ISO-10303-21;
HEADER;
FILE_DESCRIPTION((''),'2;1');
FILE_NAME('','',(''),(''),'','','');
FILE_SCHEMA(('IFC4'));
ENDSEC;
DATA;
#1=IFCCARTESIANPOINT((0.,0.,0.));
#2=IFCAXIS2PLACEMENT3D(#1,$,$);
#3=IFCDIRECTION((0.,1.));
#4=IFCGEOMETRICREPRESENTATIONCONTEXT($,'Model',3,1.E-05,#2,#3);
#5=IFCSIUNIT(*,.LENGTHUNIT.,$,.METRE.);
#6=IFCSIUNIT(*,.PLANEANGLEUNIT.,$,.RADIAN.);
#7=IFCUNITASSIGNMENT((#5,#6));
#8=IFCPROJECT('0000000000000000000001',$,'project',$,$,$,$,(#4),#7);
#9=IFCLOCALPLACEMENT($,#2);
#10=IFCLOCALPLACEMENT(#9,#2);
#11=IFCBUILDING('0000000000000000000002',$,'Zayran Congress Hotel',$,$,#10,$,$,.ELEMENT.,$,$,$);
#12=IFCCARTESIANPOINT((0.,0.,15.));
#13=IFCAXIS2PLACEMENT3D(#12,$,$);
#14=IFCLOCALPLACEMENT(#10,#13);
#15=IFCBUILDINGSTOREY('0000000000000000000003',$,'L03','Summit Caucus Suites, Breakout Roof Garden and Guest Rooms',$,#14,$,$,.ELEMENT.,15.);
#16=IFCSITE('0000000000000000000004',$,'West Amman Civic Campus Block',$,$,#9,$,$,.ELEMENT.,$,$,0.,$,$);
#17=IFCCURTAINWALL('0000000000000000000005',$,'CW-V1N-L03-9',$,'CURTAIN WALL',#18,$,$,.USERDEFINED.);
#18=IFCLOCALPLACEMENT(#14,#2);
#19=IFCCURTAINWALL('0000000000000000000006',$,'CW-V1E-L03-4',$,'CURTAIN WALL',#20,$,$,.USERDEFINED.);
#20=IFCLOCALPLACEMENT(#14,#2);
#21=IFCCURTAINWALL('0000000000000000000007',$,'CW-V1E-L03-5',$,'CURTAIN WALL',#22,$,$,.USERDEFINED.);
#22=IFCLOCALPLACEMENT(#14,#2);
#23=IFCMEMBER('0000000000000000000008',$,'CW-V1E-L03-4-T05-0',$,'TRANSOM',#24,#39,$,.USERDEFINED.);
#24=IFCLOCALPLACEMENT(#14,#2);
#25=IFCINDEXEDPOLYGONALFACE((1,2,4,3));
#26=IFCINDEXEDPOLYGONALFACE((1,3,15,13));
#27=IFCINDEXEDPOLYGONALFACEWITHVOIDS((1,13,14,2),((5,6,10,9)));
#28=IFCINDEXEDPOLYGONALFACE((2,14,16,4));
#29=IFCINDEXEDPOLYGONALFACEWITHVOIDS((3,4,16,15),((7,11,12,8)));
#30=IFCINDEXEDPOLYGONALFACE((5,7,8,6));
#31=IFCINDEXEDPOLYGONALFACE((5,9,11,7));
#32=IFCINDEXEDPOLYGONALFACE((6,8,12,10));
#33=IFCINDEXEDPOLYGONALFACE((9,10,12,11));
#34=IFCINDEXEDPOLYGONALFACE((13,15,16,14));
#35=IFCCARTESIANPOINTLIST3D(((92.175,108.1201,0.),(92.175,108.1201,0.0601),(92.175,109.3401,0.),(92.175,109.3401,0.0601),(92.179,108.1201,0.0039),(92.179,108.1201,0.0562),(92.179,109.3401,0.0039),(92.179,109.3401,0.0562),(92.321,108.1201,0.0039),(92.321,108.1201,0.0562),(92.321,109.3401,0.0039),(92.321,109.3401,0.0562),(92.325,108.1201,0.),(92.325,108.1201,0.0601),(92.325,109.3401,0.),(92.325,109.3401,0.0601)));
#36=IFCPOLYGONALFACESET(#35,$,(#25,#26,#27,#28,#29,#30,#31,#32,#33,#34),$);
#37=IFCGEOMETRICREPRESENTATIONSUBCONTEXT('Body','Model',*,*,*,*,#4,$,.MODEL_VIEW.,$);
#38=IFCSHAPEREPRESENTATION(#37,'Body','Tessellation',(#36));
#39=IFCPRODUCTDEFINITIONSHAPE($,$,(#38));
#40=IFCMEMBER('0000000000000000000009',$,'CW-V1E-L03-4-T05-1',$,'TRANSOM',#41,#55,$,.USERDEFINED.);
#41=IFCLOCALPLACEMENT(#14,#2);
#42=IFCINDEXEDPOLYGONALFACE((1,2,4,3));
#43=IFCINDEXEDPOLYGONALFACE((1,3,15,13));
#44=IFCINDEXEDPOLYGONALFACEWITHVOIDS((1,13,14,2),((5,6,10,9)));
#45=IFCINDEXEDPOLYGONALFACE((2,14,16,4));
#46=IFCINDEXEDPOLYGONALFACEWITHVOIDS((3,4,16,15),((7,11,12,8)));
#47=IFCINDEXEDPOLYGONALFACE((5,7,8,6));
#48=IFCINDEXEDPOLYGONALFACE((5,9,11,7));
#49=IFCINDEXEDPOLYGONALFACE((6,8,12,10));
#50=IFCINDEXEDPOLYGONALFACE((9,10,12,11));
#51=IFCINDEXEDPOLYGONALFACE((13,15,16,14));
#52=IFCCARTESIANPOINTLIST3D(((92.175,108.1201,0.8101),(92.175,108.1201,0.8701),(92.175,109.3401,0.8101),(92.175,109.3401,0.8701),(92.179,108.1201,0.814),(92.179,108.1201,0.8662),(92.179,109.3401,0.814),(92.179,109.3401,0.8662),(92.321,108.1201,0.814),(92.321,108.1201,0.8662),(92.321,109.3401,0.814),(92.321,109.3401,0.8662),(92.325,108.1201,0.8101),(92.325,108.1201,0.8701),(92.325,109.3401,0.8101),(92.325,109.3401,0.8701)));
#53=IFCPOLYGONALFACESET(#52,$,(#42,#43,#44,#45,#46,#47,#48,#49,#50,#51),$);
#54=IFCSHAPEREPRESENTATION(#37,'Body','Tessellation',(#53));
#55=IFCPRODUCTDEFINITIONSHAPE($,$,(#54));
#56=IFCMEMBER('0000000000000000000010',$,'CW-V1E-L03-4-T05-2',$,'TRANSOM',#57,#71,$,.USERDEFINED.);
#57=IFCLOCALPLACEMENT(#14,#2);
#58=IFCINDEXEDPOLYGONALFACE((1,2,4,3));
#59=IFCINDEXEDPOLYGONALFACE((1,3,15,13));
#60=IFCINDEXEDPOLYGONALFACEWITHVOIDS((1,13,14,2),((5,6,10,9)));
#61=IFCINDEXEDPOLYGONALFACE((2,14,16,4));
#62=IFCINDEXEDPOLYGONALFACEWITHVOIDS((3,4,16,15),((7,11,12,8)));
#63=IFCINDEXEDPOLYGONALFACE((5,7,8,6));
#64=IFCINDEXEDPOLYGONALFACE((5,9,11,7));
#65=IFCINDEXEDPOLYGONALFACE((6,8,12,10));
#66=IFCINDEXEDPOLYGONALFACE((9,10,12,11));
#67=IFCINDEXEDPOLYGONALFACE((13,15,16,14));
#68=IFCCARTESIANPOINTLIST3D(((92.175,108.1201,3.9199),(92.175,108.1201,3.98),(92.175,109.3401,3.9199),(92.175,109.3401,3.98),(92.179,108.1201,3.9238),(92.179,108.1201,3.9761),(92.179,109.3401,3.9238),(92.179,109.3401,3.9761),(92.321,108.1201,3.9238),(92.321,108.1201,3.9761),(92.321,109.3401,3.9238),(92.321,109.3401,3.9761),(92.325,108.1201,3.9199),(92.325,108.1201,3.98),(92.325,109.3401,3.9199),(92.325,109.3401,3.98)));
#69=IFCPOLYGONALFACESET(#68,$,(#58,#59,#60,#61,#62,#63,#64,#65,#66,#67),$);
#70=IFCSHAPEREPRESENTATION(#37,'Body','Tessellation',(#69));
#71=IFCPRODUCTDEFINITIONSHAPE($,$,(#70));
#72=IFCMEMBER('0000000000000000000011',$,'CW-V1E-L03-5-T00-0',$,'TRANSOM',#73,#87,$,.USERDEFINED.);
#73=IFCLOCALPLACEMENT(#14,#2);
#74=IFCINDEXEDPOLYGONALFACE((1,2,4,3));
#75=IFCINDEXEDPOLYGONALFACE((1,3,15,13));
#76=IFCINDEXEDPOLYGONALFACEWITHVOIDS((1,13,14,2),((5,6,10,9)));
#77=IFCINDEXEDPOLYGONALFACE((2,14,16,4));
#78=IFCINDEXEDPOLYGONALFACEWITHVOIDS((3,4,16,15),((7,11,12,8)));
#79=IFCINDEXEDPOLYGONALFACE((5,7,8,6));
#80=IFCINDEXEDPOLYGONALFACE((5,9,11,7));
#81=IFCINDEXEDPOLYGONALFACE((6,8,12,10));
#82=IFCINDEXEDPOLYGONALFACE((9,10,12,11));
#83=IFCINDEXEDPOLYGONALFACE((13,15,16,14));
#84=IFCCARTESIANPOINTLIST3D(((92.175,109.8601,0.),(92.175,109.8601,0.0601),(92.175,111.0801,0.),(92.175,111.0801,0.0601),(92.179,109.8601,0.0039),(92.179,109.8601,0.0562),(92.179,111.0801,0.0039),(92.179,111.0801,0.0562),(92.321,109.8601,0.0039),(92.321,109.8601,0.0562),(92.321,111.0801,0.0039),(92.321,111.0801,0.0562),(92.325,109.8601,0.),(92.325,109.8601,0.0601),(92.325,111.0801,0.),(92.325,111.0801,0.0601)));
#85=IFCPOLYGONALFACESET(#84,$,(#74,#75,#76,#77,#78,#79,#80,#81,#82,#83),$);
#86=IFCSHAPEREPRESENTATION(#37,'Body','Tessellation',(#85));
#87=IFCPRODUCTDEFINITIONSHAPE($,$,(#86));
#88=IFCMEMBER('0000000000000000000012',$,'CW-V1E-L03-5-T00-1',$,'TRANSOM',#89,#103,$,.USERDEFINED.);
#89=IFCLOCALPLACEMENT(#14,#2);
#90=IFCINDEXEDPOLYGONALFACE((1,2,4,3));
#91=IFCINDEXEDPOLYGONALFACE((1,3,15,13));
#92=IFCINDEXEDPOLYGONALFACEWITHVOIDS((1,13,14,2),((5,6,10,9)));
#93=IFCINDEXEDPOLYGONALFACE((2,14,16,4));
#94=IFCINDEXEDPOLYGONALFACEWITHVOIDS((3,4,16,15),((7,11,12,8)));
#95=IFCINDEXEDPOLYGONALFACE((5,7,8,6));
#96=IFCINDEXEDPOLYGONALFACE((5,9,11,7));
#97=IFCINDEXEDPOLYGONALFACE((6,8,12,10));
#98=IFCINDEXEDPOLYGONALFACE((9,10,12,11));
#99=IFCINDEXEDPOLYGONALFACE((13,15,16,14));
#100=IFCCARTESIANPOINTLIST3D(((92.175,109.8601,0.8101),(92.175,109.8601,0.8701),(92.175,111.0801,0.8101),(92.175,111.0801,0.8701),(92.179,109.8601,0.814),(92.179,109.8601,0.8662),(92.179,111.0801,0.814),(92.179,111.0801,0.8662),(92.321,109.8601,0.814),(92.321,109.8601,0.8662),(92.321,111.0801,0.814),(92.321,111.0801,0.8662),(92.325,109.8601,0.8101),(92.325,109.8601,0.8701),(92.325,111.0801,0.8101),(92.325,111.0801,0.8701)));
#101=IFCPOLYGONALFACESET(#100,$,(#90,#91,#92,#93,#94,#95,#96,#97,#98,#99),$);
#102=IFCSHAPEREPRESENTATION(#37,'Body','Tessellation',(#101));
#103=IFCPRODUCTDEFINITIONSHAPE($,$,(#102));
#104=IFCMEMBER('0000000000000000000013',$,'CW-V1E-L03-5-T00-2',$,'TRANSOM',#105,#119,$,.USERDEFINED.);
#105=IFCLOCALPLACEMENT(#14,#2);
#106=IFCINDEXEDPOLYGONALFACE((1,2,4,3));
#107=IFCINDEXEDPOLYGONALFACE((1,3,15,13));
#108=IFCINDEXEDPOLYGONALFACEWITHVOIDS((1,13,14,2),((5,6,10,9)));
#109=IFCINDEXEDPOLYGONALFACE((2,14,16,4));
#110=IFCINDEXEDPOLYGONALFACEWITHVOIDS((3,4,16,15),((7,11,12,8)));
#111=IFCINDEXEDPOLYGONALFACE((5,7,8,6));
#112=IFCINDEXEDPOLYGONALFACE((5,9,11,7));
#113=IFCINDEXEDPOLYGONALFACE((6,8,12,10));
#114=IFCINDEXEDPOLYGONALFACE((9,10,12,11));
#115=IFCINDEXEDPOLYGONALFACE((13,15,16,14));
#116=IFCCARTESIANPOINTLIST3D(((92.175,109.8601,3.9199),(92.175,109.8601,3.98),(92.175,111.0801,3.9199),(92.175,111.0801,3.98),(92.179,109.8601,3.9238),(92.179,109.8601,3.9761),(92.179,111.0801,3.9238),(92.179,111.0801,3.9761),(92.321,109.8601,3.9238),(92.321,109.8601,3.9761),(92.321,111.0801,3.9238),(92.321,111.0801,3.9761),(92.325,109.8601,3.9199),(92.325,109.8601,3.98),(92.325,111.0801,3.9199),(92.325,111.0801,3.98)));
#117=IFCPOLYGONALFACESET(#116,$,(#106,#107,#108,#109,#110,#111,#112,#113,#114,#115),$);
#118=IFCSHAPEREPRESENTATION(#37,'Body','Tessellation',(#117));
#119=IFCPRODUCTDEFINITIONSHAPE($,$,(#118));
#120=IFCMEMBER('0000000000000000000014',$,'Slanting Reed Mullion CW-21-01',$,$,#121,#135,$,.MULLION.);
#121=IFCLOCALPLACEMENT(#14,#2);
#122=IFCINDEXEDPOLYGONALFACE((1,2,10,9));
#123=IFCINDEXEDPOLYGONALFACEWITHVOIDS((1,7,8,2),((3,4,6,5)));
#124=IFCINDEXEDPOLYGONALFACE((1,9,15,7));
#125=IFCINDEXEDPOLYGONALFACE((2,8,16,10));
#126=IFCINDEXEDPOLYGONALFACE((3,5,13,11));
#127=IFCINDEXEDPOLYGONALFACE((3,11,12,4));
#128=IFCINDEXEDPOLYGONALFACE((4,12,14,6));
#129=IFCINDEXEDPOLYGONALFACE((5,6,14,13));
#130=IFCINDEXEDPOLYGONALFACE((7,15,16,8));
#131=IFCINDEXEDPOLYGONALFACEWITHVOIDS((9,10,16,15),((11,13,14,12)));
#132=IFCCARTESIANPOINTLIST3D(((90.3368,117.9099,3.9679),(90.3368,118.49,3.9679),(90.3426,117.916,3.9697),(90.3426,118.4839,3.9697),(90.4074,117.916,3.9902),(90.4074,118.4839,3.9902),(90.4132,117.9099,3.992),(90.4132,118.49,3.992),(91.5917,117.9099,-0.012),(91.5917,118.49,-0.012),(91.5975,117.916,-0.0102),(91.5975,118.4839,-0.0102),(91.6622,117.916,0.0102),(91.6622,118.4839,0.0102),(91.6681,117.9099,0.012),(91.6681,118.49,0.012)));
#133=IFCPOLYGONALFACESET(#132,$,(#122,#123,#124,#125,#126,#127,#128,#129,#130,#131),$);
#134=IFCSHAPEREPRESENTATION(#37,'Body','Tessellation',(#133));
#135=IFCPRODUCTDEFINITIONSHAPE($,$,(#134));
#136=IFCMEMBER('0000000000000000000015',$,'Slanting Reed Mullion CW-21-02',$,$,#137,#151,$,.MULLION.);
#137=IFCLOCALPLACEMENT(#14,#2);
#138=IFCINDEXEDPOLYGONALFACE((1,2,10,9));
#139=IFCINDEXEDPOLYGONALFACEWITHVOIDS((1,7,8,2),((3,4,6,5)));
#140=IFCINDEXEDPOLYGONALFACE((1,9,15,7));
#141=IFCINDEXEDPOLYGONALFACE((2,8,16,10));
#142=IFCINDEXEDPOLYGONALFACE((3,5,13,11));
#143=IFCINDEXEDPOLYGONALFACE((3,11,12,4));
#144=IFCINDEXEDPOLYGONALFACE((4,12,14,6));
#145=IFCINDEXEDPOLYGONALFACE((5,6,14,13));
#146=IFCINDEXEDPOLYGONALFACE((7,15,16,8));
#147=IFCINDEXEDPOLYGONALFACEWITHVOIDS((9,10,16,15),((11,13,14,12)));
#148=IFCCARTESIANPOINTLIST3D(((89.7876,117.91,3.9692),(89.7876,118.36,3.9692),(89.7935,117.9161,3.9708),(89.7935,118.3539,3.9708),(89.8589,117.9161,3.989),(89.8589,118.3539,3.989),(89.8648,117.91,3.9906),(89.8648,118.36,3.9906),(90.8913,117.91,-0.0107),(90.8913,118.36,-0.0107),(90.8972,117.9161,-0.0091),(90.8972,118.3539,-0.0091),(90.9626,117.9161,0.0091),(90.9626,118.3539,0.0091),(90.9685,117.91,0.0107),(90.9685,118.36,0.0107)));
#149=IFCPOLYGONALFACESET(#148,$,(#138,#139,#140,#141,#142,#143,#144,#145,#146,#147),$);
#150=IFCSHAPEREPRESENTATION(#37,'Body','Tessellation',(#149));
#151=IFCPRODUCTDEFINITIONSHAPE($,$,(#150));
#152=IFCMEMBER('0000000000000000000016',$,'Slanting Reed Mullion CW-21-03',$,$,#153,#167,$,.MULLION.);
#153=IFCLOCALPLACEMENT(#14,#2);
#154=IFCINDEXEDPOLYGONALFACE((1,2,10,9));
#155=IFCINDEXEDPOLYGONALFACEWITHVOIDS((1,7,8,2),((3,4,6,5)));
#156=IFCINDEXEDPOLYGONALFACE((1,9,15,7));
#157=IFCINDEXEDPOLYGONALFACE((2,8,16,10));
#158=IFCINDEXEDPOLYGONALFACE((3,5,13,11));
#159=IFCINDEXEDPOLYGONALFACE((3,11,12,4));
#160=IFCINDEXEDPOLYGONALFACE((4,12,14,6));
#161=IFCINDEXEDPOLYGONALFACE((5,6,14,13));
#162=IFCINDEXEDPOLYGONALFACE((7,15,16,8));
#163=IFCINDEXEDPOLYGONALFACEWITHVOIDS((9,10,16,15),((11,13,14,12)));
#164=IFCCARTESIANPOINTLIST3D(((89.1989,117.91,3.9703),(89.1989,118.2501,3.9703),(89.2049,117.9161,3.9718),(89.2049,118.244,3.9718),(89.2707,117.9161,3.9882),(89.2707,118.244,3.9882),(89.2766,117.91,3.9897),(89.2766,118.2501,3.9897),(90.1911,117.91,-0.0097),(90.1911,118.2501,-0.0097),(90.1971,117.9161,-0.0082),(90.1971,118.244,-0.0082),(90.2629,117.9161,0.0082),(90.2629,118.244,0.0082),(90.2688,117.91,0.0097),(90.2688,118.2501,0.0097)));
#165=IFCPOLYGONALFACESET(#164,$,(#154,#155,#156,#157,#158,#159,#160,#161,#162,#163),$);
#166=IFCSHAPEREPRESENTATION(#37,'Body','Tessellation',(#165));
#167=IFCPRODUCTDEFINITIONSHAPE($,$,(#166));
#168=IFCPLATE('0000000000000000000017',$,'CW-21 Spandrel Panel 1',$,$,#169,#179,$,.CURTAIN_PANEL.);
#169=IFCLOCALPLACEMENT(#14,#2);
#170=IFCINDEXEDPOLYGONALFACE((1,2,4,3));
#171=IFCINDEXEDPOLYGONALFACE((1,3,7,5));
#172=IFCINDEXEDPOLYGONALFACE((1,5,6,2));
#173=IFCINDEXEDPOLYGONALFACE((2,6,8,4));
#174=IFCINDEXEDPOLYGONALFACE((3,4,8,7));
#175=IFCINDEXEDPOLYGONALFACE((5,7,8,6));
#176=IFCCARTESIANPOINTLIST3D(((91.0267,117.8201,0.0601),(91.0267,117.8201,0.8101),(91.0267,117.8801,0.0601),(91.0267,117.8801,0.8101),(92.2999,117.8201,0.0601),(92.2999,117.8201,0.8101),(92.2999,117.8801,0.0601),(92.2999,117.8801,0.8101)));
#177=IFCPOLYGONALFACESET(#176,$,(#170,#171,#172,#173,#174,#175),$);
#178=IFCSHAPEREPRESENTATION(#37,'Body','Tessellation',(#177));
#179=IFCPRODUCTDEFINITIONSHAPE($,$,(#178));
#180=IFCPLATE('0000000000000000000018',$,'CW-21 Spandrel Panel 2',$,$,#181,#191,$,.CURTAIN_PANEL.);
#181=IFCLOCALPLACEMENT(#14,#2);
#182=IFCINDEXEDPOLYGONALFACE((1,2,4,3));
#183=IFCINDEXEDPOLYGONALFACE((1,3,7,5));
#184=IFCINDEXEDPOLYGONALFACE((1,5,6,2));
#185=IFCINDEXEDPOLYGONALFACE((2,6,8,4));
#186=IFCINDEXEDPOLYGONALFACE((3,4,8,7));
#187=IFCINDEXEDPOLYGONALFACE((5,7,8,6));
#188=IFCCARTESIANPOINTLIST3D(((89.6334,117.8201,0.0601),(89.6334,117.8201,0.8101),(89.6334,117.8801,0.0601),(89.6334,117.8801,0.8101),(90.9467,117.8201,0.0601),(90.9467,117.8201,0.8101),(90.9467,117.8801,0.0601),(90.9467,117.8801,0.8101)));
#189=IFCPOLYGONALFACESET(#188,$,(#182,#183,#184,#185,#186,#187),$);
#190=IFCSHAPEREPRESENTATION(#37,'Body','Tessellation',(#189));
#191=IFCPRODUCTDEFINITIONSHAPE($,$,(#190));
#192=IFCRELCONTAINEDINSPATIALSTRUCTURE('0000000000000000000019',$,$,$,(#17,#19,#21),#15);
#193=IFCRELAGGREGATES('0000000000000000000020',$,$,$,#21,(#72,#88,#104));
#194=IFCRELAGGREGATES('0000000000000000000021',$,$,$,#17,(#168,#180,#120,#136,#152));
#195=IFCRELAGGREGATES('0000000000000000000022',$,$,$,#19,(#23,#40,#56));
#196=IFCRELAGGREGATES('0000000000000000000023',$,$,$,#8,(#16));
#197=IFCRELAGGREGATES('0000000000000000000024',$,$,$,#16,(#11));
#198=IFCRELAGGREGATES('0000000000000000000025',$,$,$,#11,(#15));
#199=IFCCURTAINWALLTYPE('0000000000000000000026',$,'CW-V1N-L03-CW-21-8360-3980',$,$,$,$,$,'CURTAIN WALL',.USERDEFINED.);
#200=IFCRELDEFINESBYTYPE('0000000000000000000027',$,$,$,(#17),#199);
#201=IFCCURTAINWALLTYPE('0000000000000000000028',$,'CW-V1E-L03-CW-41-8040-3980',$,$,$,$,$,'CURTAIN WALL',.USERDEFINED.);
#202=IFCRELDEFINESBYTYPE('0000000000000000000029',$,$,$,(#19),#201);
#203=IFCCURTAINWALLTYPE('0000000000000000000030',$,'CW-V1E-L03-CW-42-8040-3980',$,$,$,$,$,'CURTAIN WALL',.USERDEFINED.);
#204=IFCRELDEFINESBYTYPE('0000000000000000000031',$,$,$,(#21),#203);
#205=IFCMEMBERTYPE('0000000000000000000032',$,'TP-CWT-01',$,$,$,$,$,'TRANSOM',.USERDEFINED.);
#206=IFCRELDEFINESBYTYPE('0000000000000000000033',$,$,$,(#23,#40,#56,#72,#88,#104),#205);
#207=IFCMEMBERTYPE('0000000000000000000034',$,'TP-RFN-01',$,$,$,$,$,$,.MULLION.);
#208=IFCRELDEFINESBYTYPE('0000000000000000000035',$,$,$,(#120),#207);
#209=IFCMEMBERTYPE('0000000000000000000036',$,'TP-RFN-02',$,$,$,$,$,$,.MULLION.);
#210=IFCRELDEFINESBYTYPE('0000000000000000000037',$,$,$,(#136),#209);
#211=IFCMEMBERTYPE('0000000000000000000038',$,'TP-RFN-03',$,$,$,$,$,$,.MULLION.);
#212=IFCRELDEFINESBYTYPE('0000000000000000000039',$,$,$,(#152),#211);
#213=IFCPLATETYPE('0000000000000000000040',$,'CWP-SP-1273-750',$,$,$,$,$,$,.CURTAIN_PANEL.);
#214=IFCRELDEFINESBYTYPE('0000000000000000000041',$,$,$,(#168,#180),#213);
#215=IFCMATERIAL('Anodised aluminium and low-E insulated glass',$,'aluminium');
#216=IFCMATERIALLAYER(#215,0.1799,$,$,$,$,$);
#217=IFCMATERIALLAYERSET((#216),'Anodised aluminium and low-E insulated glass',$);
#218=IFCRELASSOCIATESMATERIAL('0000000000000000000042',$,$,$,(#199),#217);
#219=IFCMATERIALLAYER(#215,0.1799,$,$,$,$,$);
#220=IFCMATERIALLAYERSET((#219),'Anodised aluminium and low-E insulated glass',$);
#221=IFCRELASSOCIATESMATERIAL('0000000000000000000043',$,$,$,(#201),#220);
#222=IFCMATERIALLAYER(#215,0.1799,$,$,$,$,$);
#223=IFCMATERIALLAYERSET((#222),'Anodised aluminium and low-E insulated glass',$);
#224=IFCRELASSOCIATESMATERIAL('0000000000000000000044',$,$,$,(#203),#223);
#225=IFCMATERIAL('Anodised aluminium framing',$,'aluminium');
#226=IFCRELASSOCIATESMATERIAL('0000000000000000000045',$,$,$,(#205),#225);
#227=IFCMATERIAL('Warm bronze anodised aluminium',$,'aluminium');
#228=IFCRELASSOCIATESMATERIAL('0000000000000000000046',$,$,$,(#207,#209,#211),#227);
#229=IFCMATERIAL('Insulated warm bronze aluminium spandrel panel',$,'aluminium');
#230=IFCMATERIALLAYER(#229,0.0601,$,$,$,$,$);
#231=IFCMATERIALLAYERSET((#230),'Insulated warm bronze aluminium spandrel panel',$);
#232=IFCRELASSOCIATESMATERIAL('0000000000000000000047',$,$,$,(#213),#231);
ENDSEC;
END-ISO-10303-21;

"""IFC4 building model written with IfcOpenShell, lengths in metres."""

from ifc_helpers import new_model, si_unit, direction, frame, origin, origin_2d, place, context, subcontext, project, spatial, rectangle, hollow_rectangle, extrude, material, layer, layer_set, material_profile, profile_set, type_object, element, aggregate, save


model = new_model("IFC4")

# Units and contexts
model_context = context("Model", 3, precision=1e-05, world=origin(), true_north=direction((0.0, 1.0)))
body_context = subcontext(model_context, "Body", "Model", "MODEL_VIEW")
ifc_project = project(units=[si_unit("LENGTHUNIT", "METRE"), si_unit("PLANEANGLEUNIT", "RADIAN")], contexts=[model_context])

# Site, building, storey
site_placement = place(None, origin())
site = spatial("IfcSite", under=ifc_project, at=site_placement, Name="West Amman Civic Campus Block", CompositionType="ELEMENT", RefElevation=0.0)
building_placement = place(site_placement, origin())
building = spatial("IfcBuilding", under=site, at=building_placement, Name="Zayran Congress Hotel", CompositionType="ELEMENT")
storey_placement = place(building_placement, frame((0.0, 0.0, 15.0)))
storey = spatial("IfcBuildingStorey", under=building, at=storey_placement, Name="L03", Description="Summit Caucus Suites, Breakout Roof Garden and Guest Rooms", CompositionType="ELEMENT", Elevation=15.0)

# Curtain wall
ifc_material_1 = material(Name="Anodised aluminium and low-E insulated glass", Category="aluminium")
ifc_layer_1 = layer(ifc_material_1, 0.1799)
ifc_layer_set_1 = layer_set([ifc_layer_1], Name="Anodised aluminium and low-E insulated glass")
curtain_wall_type_1 = type_object("IfcCurtainWallType", Name="CW-V1N-L03-CW-21-8360-3980", ElementType="CURTAIN WALL", PredefinedType="USERDEFINED", material=ifc_layer_set_1)
curtain_wall_1_placement = place(storey_placement, origin())
curtain_wall_1 = element("IfcCurtainWall", 1, at=curtain_wall_1_placement, inside=storey, type_object=curtain_wall_type_1, Name="CW-V1N-L03-9", ObjectType="CURTAIN WALL", PredefinedType="USERDEFINED")
ifc_material_2 = material(Name="Anodised aluminium framing", Category="aluminium")

# Curtain wall
ifc_layer_2 = layer(ifc_material_1, 0.1799)
ifc_layer_set_2 = layer_set([ifc_layer_2], Name="Anodised aluminium and low-E insulated glass")
curtain_wall_type_2 = type_object("IfcCurtainWallType", Name="CW-V1E-L03-CW-41-8040-3980", ElementType="CURTAIN WALL", PredefinedType="USERDEFINED", material=ifc_layer_set_2)
curtain_wall_2_placement = place(storey_placement, origin())
curtain_wall_2 = element("IfcCurtainWall", 2, at=curtain_wall_2_placement, inside=storey, type_object=curtain_wall_type_2, Name="CW-V1E-L03-4", ObjectType="CURTAIN WALL", PredefinedType="USERDEFINED")

# Curtain wall
ifc_layer_3 = layer(ifc_material_1, 0.1799)
ifc_layer_set_3 = layer_set([ifc_layer_3], Name="Anodised aluminium and low-E insulated glass")
curtain_wall_type_3 = type_object("IfcCurtainWallType", Name="CW-V1E-L03-CW-42-8040-3980", ElementType="CURTAIN WALL", PredefinedType="USERDEFINED", material=ifc_layer_set_3)
curtain_wall_3_placement = place(storey_placement, origin())
curtain_wall_3 = element("IfcCurtainWall", 3, at=curtain_wall_3_placement, inside=storey, type_object=curtain_wall_type_3, Name="CW-V1E-L03-5", ObjectType="CURTAIN WALL", PredefinedType="USERDEFINED")

# Members
ifc_material_profile_1 = material_profile(ifc_material_2, hollow_rectangle(XDim=0.0601, YDim=0.1499, WallThickness=0.0039, at=origin_2d()), Name="RHS 150x60x4")
ifc_profile_set_1 = profile_set([ifc_material_profile_1], Name="Anodised aluminium framing")
member_type_1 = type_object("IfcMemberType", Name="TP-CWT-01", ElementType="TRANSOM", PredefinedType="USERDEFINED", material=ifc_profile_set_1)
member_1_placement = place(storey_placement, frame((92.25, 108.1201, 0.03), z_axis=(0.0, 1.0, 0.0), x_axis=(0.0, 0.0, 1.0)))
member_1 = element("IfcMember", 4, at=member_1_placement, type_object=member_type_1, Name="CW-V1E-L03-4-T05-0", ObjectType="TRANSOM", PredefinedType="USERDEFINED", context=body_context, shape_type="SweptSolid", body=[
    extrude(hollow_rectangle(XDim=0.0601, YDim=0.1499, WallThickness=0.0039, at=origin_2d()), origin(), (0.0, 0.0, 1.0), 1.22),
])
member_2_placement = place(storey_placement, frame((92.25, 108.1201, 0.8401), z_axis=(0.0, 1.0, 0.0), x_axis=(0.0, 0.0, 1.0)))
member_2 = element("IfcMember", 5, at=member_2_placement, type_object=member_type_1, Name="CW-V1E-L03-4-T05-1", ObjectType="TRANSOM", PredefinedType="USERDEFINED", context=body_context, shape_type="SweptSolid", body=[
    extrude(hollow_rectangle(XDim=0.0601, YDim=0.1499, WallThickness=0.0039, at=origin_2d()), origin(), (0.0, 0.0, 1.0), 1.22),
])
member_3_placement = place(storey_placement, frame((92.25, 108.1201, 3.95), z_axis=(0.0, 1.0, 0.0), x_axis=(0.0, 0.0, 1.0)))
member_3 = element("IfcMember", 6, at=member_3_placement, type_object=member_type_1, Name="CW-V1E-L03-4-T05-2", ObjectType="TRANSOM", PredefinedType="USERDEFINED", context=body_context, shape_type="SweptSolid", body=[
    extrude(hollow_rectangle(XDim=0.0601, YDim=0.1499, WallThickness=0.0039, at=origin_2d()), origin(), (0.0, 0.0, 1.0), 1.22),
])
member_4_placement = place(storey_placement, frame((92.25, 109.8601, 0.03), z_axis=(0.0, 1.0, 0.0), x_axis=(0.0, 0.0, 1.0)))
member_4 = element("IfcMember", 7, at=member_4_placement, type_object=member_type_1, Name="CW-V1E-L03-5-T00-0", ObjectType="TRANSOM", PredefinedType="USERDEFINED", context=body_context, shape_type="SweptSolid", body=[
    extrude(hollow_rectangle(XDim=0.0601, YDim=0.1499, WallThickness=0.0039, at=origin_2d()), origin(), (0.0, 0.0, 1.0), 1.22),
])
member_5_placement = place(storey_placement, frame((92.25, 109.8601, 0.8401), z_axis=(0.0, 1.0, 0.0), x_axis=(0.0, 0.0, 1.0)))
member_5 = element("IfcMember", 8, at=member_5_placement, type_object=member_type_1, Name="CW-V1E-L03-5-T00-1", ObjectType="TRANSOM", PredefinedType="USERDEFINED", context=body_context, shape_type="SweptSolid", body=[
    extrude(hollow_rectangle(XDim=0.0601, YDim=0.1499, WallThickness=0.0039, at=origin_2d()), origin(), (0.0, 0.0, 1.0), 1.22),
])
member_6_placement = place(storey_placement, frame((92.25, 109.8601, 3.95), z_axis=(0.0, 1.0, 0.0), x_axis=(0.0, 0.0, 1.0)))
member_6 = element("IfcMember", 9, at=member_6_placement, type_object=member_type_1, Name="CW-V1E-L03-5-T00-2", ObjectType="TRANSOM", PredefinedType="USERDEFINED", context=body_context, shape_type="SweptSolid", body=[
    extrude(hollow_rectangle(XDim=0.0601, YDim=0.1499, WallThickness=0.0039, at=origin_2d()), origin(), (0.0, 0.0, 1.0), 1.22),
])
aggregate(curtain_wall_3, [member_4, member_5, member_6])
ifc_material_3 = material(Name="Warm bronze anodised aluminium", Category="aluminium")
ifc_material_profile_2 = material_profile(ifc_material_3, hollow_rectangle(XDim=0.0801, YDim=0.5801, WallThickness=0.0061, at=origin_2d()), Name="RHS 580x80x6")
ifc_profile_set_2 = profile_set([ifc_material_profile_2], Name="Warm bronze anodised aluminium")
member_type_2 = type_object("IfcMemberType", Name="TP-RFN-01", PredefinedType="MULLION", material=ifc_profile_set_2)
member_7_placement = place(storey_placement, frame((91.6299, 118.2, 0.0), z_axis=(-0.300706, 0.0, 0.953717), x_axis=(0.953717, 0.0, 0.300706)))
member_7 = element("IfcMember", 10, at=member_7_placement, type_object=member_type_2, Name="Slanting Reed Mullion CW-21-01", PredefinedType="MULLION", context=body_context, shape_type="SweptSolid", body=[
    extrude(hollow_rectangle(XDim=0.0801, YDim=0.5801, WallThickness=0.0061, at=origin_2d()), origin(), (0.0, 0.0, 1.0), 4.1731),
])
ifc_material_profile_3 = material_profile(ifc_material_3, hollow_rectangle(XDim=0.0801, YDim=0.45, WallThickness=0.0061, at=origin_2d()), Name="RHS 450x80x6")
ifc_profile_set_3 = profile_set([ifc_material_profile_3], Name="Warm bronze anodised aluminium")
member_type_3 = type_object("IfcMemberType", Name="TP-RFN-02", PredefinedType="MULLION", material=ifc_profile_set_3)
member_8_placement = place(storey_placement, frame((90.9299, 118.135, 0.0), z_axis=(-0.267241, 0.0, 0.96363), x_axis=(0.96363, 0.0, 0.267241)))
member_8 = element("IfcMember", 11, at=member_8_placement, type_object=member_type_3, Name="Slanting Reed Mullion CW-21-02", PredefinedType="MULLION", context=body_context, shape_type="SweptSolid", body=[
    extrude(hollow_rectangle(XDim=0.0801, YDim=0.45, WallThickness=0.0061, at=origin_2d()), origin(), (0.0, 0.0, 1.0), 4.1301),
])
ifc_material_profile_4 = material_profile(ifc_material_3, hollow_rectangle(XDim=0.0801, YDim=0.3401, WallThickness=0.0061, at=origin_2d()), Name="RHS 340x80x6")
ifc_profile_set_4 = profile_set([ifc_material_profile_4], Name="Warm bronze anodised aluminium")
member_type_4 = type_object("IfcMemberType", Name="TP-RFN-03", PredefinedType="MULLION", material=ifc_profile_set_4)
member_9_placement = place(storey_placement, frame((90.23, 118.0801, 0.0), z_axis=(-0.241891, 0.0, 0.970303), x_axis=(0.970303, 0.0, 0.241891)))
member_9 = element("IfcMember", 12, at=member_9_placement, type_object=member_type_4, Name="Slanting Reed Mullion CW-21-03", PredefinedType="MULLION", context=body_context, shape_type="SweptSolid", body=[
    extrude(hollow_rectangle(XDim=0.0801, YDim=0.3401, WallThickness=0.0061, at=origin_2d()), origin(), (0.0, 0.0, 1.0), 4.1018),
])

# Plates
ifc_material_4 = material(Name="Insulated warm bronze aluminium spandrel panel", Category="aluminium")
ifc_layer_4 = layer(ifc_material_4, 0.0601)
ifc_layer_set_4 = layer_set([ifc_layer_4], Name="Insulated warm bronze aluminium spandrel panel")
plate_type_1 = type_object("IfcPlateType", Name="CWP-SP-1273-750", PredefinedType="CURTAIN_PANEL", material=ifc_layer_set_4)
plate_1_placement = place(storey_placement, frame((91.6633, 117.8501, 0.0601), z_axis=(0.0, 0.0, 1.0), x_axis=(1.0, 0.0, 0.0)))
plate_1 = element("IfcPlate", 13, at=plate_1_placement, type_object=plate_type_1, Name="CW-21 Spandrel Panel 1", PredefinedType="CURTAIN_PANEL", context=body_context, shape_type="SweptSolid", body=[
    extrude(rectangle(XDim=1.2732, YDim=0.0601, at=origin_2d()), origin(), (0.0, 0.0, 1.0), 0.75),
])
plate_2_placement = place(storey_placement, frame((90.29, 117.8501, 0.0601), z_axis=(0.0, 0.0, 1.0), x_axis=(1.0, 0.0, 0.0)))
plate_2 = element("IfcPlate", 14, at=plate_2_placement, type_object=plate_type_1, Name="CW-21 Spandrel Panel 2", PredefinedType="CURTAIN_PANEL", context=body_context, shape_type="SweptSolid", body=[
    extrude(rectangle(XDim=1.3132, YDim=0.0601, at=origin_2d()), origin(), (0.0, 0.0, 1.0), 0.75),
])
aggregate(curtain_wall_1, [plate_1, plate_2, member_7, member_8, member_9])
aggregate(curtain_wall_2, [member_1, member_2, member_3])

save(model, "model.ifc")
